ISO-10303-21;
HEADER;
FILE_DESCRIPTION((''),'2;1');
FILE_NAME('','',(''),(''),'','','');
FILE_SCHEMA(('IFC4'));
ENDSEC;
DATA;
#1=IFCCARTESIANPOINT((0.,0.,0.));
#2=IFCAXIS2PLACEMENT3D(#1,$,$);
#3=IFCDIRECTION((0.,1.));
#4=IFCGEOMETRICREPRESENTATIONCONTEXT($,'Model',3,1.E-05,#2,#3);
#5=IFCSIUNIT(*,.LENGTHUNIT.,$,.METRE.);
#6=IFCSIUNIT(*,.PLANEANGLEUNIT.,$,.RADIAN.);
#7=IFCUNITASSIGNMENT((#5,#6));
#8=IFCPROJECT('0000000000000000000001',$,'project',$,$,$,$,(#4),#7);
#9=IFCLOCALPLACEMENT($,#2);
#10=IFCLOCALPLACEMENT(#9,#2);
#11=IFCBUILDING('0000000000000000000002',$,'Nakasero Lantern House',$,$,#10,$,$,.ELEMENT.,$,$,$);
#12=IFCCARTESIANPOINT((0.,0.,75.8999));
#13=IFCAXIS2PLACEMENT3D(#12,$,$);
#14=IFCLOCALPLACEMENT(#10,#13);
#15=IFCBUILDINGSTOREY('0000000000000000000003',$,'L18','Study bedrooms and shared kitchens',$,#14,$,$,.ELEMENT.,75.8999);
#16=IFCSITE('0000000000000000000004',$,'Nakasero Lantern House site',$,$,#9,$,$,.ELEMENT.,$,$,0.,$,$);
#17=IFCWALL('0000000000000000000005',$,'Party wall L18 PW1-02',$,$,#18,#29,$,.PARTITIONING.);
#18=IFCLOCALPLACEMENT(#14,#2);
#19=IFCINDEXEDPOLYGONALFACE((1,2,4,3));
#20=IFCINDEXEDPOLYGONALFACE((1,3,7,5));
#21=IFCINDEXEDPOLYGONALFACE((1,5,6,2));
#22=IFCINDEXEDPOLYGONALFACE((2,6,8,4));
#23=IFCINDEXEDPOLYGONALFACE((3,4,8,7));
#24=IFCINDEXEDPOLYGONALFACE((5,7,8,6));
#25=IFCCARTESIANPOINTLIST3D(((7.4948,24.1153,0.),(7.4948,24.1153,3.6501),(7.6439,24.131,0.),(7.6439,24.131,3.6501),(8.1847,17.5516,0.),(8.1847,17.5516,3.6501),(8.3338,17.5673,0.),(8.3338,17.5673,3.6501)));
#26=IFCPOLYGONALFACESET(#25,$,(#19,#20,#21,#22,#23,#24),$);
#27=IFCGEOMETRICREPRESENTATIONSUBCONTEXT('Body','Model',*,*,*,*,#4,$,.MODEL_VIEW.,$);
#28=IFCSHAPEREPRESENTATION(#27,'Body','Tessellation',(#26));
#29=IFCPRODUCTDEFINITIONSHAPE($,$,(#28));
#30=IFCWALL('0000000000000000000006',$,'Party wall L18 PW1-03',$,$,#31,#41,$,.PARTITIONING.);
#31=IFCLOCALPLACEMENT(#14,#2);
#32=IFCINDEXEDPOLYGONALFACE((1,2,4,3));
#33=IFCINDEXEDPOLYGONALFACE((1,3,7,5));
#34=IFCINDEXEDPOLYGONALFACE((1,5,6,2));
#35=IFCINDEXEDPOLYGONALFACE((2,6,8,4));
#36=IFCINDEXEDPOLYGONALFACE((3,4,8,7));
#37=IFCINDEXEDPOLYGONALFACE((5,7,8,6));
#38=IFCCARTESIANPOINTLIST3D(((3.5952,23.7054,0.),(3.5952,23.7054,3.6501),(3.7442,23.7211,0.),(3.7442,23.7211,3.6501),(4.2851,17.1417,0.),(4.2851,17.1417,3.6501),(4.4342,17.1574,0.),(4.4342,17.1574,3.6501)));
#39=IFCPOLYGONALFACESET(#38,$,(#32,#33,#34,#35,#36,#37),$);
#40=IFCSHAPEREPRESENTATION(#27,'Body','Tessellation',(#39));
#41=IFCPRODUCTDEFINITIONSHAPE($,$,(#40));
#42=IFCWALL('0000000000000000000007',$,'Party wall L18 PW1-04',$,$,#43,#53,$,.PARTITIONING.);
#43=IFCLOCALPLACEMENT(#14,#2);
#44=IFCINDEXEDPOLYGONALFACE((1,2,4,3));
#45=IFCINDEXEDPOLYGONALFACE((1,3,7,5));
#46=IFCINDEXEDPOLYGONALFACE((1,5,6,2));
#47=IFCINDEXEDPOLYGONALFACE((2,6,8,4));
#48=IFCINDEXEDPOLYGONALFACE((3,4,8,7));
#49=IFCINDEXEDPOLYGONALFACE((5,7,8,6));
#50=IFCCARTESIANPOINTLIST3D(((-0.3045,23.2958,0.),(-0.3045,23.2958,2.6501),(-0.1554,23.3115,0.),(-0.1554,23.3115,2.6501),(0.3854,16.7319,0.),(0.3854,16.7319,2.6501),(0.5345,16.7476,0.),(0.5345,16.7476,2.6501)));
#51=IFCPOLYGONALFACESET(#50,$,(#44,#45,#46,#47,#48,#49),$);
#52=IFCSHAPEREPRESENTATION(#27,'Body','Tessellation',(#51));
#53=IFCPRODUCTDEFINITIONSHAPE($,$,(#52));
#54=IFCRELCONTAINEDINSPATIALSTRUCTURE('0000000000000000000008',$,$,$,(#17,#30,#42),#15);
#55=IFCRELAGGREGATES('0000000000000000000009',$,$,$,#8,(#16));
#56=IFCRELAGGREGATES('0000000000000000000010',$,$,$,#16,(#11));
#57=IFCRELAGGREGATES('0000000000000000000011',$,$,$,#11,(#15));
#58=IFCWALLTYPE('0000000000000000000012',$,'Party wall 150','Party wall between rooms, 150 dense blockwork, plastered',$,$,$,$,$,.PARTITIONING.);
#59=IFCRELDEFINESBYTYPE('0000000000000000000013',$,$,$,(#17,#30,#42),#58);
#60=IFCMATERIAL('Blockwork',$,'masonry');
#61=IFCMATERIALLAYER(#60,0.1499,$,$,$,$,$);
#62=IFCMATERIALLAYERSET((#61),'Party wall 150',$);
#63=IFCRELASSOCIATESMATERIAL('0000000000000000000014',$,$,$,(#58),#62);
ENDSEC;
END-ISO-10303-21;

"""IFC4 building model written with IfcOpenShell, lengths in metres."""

from ifc_helpers import new_model, si_unit, direction, frame, frame_2d, origin, place, context, subcontext, project, spatial, rectangle, extrude, material, layer, layer_set, type_object, element, save


model = new_model("IFC4")

# Units and contexts
model_context = context("Model", 3, precision=1e-05, world=origin(), true_north=direction((0.0, 1.0)))
body_context = subcontext(model_context, "Body", "Model", "MODEL_VIEW")
ifc_project = project(units=[si_unit("LENGTHUNIT", "METRE"), si_unit("PLANEANGLEUNIT", "RADIAN")], contexts=[model_context])

# Site, building, storey
site_placement = place(None, origin())
site = spatial("IfcSite", under=ifc_project, at=site_placement, Name="Nakasero Lantern House site", CompositionType="ELEMENT", RefElevation=0.0)
building_placement = place(site_placement, origin())
building = spatial("IfcBuilding", under=site, at=building_placement, Name="Nakasero Lantern House", CompositionType="ELEMENT")
storey_placement = place(building_placement, frame((0.0, 0.0, 75.8999)))
storey = spatial("IfcBuildingStorey", under=building, at=storey_placement, Name="L18", Description="Study bedrooms and shared kitchens", CompositionType="ELEMENT", Elevation=75.8999)

# Walls
ifc_material_1 = material(Name="Blockwork", Category="masonry")
ifc_layer_1 = layer(ifc_material_1, 0.1499)
ifc_layer_set_1 = layer_set([ifc_layer_1], Name="Party wall 150")
wall_type_1 = type_object("IfcWallType", Name="Party wall 150", Description="Party wall between rooms, 150 dense blockwork, plastered", PredefinedType="PARTITIONING", material=ifc_layer_set_1)
for number, where, z_axis, x_axis, name in (
    (1, (8.2593, 17.5596, 0.0), (0.0, 0.0, 1.0), (-0.104538, 0.994521, 0.0), "Party wall L18 PW1-02"),
    (2, (4.3596, 17.1497, 0.0), (0.0, 0.0, 1.0), (-0.104538, 0.994521, 0.0), "Party wall L18 PW1-03"),
):
    element("IfcWall", number, at=place(storey_placement, frame(where, z_axis=z_axis, x_axis=x_axis)), inside=storey, type_object=wall_type_1, Name=name, PredefinedType="PARTITIONING", context=body_context, shape_type="SweptSolid", body=[
        extrude(rectangle(XDim=6.5999, YDim=0.1499, at=frame_2d((3.2998, 0.0))), origin(), (0.0, 0.0, 1.0), 3.6501),
    ])
wall_1_placement = place(storey_placement, frame((0.46, 16.7397, 0.0), z_axis=(0.0, 0.0, 1.0), x_axis=(-0.104535, 0.994521, 0.0)))
element("IfcWall", 3, at=wall_1_placement, inside=storey, type_object=wall_type_1, Name="Party wall L18 PW1-04", PredefinedType="PARTITIONING", context=body_context, shape_type="SweptSolid", body=[
    extrude(rectangle(XDim=6.6001, YDim=0.1499, at=frame_2d((3.3, 0.0))), origin(), (0.0, 0.0, 1.0), 2.6501),
])

save(model, "model.ifc")
